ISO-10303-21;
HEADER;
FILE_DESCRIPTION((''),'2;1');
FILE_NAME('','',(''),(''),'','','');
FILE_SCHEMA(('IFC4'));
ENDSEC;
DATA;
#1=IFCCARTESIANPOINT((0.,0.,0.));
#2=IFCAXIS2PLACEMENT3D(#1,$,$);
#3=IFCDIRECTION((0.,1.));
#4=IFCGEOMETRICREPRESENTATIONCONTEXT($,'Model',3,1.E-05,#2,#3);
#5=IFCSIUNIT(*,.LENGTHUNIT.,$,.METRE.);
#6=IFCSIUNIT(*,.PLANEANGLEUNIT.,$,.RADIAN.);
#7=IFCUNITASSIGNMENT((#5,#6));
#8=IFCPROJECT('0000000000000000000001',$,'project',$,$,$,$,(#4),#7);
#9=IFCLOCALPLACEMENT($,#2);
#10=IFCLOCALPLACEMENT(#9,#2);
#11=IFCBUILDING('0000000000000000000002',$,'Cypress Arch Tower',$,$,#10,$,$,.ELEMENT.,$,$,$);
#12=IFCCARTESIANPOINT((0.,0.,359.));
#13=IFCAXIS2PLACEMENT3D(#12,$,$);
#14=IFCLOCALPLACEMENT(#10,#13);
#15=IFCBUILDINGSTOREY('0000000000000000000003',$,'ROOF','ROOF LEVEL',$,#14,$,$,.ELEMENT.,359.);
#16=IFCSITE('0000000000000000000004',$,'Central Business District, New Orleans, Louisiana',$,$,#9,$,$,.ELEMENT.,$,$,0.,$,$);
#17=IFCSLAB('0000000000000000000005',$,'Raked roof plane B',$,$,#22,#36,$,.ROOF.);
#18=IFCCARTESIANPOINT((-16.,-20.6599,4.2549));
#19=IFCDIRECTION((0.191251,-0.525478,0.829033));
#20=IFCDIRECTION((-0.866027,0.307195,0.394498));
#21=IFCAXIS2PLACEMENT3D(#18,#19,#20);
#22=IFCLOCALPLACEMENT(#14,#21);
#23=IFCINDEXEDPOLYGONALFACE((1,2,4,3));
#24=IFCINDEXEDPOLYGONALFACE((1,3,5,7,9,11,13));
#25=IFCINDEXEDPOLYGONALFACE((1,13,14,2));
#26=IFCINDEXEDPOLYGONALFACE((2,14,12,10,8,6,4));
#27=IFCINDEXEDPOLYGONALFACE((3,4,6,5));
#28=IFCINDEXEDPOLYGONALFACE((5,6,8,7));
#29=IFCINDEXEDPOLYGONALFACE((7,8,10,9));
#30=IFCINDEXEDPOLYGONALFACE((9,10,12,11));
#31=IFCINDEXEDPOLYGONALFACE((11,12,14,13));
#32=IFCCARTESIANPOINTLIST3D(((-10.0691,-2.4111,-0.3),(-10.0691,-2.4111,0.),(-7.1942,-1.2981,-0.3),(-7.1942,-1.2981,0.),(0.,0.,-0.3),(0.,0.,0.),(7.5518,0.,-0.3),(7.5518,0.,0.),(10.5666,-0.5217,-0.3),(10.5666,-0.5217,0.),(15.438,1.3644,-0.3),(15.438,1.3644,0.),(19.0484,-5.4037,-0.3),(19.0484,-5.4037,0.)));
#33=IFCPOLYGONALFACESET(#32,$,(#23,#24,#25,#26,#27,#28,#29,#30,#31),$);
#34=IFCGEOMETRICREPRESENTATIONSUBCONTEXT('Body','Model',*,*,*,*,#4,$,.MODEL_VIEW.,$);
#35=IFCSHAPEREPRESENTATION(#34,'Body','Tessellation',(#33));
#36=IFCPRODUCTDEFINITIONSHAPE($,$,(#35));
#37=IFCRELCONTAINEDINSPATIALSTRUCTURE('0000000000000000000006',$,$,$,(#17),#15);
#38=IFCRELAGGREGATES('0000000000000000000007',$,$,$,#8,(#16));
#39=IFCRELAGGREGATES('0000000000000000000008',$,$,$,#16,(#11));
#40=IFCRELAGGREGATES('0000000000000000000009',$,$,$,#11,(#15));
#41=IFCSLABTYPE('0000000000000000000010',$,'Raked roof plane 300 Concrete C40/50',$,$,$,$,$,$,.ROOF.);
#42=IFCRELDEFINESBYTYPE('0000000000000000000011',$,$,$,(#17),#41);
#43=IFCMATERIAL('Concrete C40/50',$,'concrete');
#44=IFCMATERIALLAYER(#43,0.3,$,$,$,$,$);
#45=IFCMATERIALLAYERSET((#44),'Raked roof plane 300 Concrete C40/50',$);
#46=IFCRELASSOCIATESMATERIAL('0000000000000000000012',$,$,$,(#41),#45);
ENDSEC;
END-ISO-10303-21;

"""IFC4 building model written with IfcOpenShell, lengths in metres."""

from ifc_helpers import new_model, si_unit, direction, frame, origin, place, context, subcontext, project, spatial, polyline, outline, extrude, material, layer, layer_set, type_object, element, save


model = new_model("IFC4")

# Units and contexts
model_context = context("Model", 3, precision=1e-05, world=origin(), true_north=direction((0.0, 1.0)))
body_context = subcontext(model_context, "Body", "Model", "MODEL_VIEW")
ifc_project = project(units=[si_unit("LENGTHUNIT", "METRE"), si_unit("PLANEANGLEUNIT", "RADIAN")], contexts=[model_context])

# Site, building, storey
site_placement = place(None, origin())
site = spatial("IfcSite", under=ifc_project, at=site_placement, Name="Central Business District, New Orleans, Louisiana", CompositionType="ELEMENT", RefElevation=0.0)
building_placement = place(site_placement, origin())
building = spatial("IfcBuilding", under=site, at=building_placement, Name="Cypress Arch Tower", CompositionType="ELEMENT")
storey_placement = place(building_placement, frame((0.0, 0.0, 359.0)))
storey = spatial("IfcBuildingStorey", under=building, at=storey_placement, Name="ROOF", Description="ROOF LEVEL", CompositionType="ELEMENT", Elevation=359.0)

# Slab
ifc_material_1 = material(Name="Concrete C40/50", Category="concrete")
ifc_layer_1 = layer(ifc_material_1, 0.3)
ifc_layer_set_1 = layer_set([ifc_layer_1], Name="Raked roof plane 300 Concrete C40/50")
slab_type = type_object("IfcSlabType", Name="Raked roof plane 300 Concrete C40/50", PredefinedType="ROOF", material=ifc_layer_set_1)
slab_placement = place(storey_placement, frame((-16.0, -20.6599, 4.2549), z_axis=(0.191251, -0.525478, 0.829033), x_axis=(-0.866027, 0.307195, 0.394498)))
element("IfcSlab", 1, at=slab_placement, inside=storey, type_object=slab_type, Name="Raked roof plane B", PredefinedType="ROOF", context=body_context, shape_type="SweptSolid", body=[
    extrude(outline(polyline([(0.0, 0.0), (7.5518, 0.0), (10.5666, -0.5217), (15.438, 1.3644), (19.0484, -5.4037), (-10.0691, -2.4111), (-7.1942, -1.2981), (0.0, 0.0)])), origin(), (0.0, 0.0, -1.0), 0.3),
])

save(model, "model.ifc")
